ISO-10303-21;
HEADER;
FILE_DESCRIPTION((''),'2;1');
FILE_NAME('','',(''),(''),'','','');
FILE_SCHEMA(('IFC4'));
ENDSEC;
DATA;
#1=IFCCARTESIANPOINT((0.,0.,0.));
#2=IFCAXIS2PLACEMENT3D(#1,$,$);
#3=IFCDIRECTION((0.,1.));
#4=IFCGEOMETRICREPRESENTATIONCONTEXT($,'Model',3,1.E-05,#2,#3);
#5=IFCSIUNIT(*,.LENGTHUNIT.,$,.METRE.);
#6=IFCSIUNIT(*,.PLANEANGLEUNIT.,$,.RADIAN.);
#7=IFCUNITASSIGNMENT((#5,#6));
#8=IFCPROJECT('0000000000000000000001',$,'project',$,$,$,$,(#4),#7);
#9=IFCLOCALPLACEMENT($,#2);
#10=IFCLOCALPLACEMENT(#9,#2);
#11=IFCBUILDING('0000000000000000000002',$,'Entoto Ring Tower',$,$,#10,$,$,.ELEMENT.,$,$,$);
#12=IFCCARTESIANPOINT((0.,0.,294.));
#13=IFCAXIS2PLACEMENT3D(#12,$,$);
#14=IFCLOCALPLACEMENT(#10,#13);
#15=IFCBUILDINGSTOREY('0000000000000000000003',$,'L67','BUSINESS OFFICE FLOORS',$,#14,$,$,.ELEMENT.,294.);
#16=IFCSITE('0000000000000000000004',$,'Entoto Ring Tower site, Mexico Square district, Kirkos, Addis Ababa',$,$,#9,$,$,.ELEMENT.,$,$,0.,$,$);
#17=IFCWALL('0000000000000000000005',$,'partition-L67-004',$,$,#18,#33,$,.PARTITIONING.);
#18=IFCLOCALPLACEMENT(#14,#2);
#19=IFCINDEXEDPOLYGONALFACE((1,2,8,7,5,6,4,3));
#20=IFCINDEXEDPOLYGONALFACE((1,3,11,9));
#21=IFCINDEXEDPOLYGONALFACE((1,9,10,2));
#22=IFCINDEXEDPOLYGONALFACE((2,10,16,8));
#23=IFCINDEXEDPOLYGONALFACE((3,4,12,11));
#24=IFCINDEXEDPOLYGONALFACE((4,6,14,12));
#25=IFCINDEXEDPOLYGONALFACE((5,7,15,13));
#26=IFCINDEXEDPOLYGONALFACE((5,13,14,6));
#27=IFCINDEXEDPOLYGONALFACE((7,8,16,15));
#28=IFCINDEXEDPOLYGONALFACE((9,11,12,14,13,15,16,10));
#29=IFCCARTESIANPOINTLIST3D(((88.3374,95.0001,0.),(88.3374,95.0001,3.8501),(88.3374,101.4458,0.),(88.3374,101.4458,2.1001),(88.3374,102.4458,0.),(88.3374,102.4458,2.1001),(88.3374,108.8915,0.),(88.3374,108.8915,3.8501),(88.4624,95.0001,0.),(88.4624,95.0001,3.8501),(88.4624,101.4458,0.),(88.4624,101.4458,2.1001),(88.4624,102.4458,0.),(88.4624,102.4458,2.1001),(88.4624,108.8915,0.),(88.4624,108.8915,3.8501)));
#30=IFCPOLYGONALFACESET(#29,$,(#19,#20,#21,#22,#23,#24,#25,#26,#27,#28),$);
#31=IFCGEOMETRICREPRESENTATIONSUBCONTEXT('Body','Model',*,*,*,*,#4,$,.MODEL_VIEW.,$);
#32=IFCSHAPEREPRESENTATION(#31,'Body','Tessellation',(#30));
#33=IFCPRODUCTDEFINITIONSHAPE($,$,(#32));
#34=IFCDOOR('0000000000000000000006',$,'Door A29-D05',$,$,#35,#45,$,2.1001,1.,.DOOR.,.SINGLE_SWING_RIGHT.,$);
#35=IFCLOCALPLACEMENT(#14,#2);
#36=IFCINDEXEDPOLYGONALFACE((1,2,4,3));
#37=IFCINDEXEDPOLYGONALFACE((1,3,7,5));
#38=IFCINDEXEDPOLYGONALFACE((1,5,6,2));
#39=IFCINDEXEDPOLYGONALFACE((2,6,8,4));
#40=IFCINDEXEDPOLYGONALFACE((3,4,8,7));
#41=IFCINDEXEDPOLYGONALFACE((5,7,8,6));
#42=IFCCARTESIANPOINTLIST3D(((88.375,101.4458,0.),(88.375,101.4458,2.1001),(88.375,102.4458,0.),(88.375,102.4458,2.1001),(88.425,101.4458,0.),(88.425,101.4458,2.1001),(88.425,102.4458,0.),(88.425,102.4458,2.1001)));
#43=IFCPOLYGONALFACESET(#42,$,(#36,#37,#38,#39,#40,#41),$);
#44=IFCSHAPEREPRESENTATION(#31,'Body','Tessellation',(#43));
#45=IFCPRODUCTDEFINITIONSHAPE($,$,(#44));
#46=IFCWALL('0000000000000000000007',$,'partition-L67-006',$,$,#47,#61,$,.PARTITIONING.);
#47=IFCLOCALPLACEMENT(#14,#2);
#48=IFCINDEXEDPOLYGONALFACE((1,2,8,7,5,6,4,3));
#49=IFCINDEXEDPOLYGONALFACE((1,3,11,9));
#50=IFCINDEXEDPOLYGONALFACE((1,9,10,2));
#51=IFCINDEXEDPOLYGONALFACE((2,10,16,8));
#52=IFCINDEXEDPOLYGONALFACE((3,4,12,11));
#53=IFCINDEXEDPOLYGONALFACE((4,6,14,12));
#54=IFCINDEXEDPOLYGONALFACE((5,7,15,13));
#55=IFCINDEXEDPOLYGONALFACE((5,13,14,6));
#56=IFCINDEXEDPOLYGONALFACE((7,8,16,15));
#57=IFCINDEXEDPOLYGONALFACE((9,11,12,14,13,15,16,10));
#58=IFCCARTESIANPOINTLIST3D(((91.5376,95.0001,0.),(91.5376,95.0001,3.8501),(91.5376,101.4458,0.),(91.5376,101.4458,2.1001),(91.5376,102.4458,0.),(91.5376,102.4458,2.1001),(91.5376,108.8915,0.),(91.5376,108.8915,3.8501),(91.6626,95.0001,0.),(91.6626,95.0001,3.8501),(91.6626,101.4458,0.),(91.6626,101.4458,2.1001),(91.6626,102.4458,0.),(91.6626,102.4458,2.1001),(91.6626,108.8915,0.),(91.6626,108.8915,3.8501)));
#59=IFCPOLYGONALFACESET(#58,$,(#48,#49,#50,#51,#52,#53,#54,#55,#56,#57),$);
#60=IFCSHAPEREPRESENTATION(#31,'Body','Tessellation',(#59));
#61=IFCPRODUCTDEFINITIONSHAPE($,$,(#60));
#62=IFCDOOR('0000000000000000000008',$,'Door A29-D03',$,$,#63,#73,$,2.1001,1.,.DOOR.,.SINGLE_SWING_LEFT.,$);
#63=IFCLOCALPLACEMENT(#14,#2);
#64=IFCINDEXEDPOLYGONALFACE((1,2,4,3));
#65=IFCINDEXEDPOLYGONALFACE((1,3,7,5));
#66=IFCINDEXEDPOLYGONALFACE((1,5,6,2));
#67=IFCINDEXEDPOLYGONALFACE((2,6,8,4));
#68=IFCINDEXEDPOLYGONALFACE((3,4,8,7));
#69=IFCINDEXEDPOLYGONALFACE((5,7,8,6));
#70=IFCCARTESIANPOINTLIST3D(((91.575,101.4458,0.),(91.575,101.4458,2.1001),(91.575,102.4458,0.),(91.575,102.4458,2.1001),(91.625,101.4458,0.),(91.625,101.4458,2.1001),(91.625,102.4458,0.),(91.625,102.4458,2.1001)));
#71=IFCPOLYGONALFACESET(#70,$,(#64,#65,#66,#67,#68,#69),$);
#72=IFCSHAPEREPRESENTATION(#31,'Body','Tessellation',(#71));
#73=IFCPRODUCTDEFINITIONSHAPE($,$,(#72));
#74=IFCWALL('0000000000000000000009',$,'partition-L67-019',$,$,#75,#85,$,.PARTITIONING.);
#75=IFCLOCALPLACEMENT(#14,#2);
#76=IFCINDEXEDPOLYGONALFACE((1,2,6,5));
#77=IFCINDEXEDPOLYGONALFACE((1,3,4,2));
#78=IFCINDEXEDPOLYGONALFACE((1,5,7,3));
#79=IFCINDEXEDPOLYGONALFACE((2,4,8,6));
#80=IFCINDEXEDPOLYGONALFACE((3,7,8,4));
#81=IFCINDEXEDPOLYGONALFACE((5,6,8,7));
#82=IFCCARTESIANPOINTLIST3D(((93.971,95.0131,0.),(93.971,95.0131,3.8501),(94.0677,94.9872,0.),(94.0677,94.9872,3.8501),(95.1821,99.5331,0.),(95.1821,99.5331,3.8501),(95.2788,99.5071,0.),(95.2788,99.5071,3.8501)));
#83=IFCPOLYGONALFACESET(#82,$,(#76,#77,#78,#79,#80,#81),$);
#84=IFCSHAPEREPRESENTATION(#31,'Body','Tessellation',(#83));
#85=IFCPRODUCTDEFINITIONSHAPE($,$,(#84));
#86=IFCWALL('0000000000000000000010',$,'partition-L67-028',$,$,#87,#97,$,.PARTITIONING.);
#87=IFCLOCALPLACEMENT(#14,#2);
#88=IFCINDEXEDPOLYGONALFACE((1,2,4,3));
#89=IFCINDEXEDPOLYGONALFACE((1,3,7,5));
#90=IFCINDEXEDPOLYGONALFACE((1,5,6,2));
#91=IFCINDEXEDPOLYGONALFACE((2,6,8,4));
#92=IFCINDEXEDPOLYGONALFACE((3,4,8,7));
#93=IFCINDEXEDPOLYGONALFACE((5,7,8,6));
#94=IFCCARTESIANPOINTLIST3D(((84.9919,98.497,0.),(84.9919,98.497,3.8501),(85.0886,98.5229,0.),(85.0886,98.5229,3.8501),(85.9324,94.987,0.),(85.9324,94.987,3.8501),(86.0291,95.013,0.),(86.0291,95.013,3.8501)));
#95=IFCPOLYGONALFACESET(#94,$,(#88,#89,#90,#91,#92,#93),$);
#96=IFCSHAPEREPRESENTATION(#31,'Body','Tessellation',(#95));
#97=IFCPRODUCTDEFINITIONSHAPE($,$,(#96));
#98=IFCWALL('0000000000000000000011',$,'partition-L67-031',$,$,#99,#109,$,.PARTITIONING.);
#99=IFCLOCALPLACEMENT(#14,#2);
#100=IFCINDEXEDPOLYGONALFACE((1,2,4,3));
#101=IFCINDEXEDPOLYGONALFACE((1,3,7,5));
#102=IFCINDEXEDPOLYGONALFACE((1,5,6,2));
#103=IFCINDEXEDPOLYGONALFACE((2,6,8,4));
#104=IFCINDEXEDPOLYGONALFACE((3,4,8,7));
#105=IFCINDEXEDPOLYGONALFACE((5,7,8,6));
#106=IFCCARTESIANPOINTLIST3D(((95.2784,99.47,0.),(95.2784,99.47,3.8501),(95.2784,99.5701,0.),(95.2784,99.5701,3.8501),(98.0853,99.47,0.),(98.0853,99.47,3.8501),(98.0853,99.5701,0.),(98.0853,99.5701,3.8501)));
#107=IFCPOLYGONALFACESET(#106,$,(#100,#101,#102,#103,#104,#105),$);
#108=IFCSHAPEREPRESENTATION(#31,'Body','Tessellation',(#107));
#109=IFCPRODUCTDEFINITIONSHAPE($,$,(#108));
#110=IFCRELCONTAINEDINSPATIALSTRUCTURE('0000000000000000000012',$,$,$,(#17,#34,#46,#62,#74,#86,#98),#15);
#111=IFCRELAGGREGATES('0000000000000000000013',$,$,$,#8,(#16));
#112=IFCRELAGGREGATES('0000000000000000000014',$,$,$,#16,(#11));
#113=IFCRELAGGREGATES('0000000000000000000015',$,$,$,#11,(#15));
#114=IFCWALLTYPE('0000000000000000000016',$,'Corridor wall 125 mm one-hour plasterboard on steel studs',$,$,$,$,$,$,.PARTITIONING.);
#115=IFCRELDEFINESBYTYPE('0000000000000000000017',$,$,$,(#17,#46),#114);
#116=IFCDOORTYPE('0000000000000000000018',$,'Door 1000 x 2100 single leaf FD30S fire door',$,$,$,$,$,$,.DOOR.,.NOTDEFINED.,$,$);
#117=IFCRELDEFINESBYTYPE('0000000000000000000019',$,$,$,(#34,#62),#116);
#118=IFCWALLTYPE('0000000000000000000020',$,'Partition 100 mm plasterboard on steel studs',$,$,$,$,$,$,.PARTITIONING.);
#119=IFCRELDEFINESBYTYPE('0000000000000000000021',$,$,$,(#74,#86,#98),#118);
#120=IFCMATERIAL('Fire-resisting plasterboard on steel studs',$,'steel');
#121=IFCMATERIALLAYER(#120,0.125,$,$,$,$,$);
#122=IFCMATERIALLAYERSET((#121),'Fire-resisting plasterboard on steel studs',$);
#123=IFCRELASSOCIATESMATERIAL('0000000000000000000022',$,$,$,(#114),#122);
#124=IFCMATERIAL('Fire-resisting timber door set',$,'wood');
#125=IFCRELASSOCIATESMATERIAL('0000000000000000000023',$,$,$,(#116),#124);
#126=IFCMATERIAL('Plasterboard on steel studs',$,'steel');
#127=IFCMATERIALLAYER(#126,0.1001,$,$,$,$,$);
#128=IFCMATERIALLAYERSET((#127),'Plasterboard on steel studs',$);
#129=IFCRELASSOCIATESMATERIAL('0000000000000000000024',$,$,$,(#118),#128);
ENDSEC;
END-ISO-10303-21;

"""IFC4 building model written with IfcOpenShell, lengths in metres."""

from ifc_helpers import new_model, si_unit, direction, frame, frame_2d, origin, place, context, subcontext, project, spatial, rectangle, extrude, material, layer, layer_set, type_object, element, fill, save


model = new_model("IFC4")

# Units and contexts
model_context = context("Model", 3, precision=1e-05, world=origin(), true_north=direction((0.0, 1.0)))
body_context = subcontext(model_context, "Body", "Model", "MODEL_VIEW")
ifc_project = project(units=[si_unit("LENGTHUNIT", "METRE"), si_unit("PLANEANGLEUNIT", "RADIAN")], contexts=[model_context])

# Site, building, storey
site_placement = place(None, origin())
site = spatial("IfcSite", under=ifc_project, at=site_placement, Name="Entoto Ring Tower site, Mexico Square district, Kirkos, Addis Ababa", CompositionType="ELEMENT", RefElevation=0.0)
building_placement = place(site_placement, origin())
building = spatial("IfcBuilding", under=site, at=building_placement, Name="Entoto Ring Tower", CompositionType="ELEMENT")
storey_placement = place(building_placement, frame((0.0, 0.0, 294.0)))
storey = spatial("IfcBuildingStorey", under=building, at=storey_placement, Name="L67", Description="BUSINESS OFFICE FLOORS", CompositionType="ELEMENT", Elevation=294.0)

# Walls, openings, doors
ifc_material_1 = material(Name="Fire-resisting plasterboard on steel studs", Category="steel")
ifc_layer_1 = layer(ifc_material_1, 0.125)
ifc_layer_set_1 = layer_set([ifc_layer_1], Name="Fire-resisting plasterboard on steel studs")
wall_type_1 = type_object("IfcWallType", Name="Corridor wall 125 mm one-hour plasterboard on steel studs", PredefinedType="PARTITIONING", material=ifc_layer_set_1)
wall_1_placement = place(storey_placement, frame((88.3999, 95.0, 0.0), z_axis=(0.0, 0.0, 1.0), x_axis=(0.0, 1.0, 0.0)))
wall_1 = element("IfcWall", 1, at=wall_1_placement, inside=storey, type_object=wall_type_1, Name="partition-L67-004", PredefinedType="PARTITIONING", context=body_context, shape_type="SweptSolid", body=[
    extrude(rectangle(XDim=13.8914, YDim=0.125, at=frame_2d((6.9458, 0.0))), origin(), (0.0, 0.0, 1.0), 3.8501),
])
opening_1_placement = place(wall_1_placement, frame((6.4458, 0.0, 0.0)))
opening_1 = element("IfcOpeningElement", 2, at=opening_1_placement, cuts=wall_1, PredefinedType="OPENING", context=body_context, shape_type="SweptSolid", body=[
    extrude(rectangle(XDim=1.0, YDim=2.1001, at=frame_2d((0.5, 1.05))), frame((0.0, 0.0725, 0.0), z_axis=(0.0, -1.0, 0.0), x_axis=(1.0, 0.0, 0.0)), (0.0, 0.0, 1.0), 0.145),
])
ifc_material_2 = material(Name="Fire-resisting timber door set", Category="wood")
door_type = type_object("IfcDoorType", Name="Door 1000 x 2100 single leaf FD30S fire door", OperationType="NOTDEFINED", PredefinedType="DOOR", material=ifc_material_2)
door_1_placement = place(opening_1_placement, origin())
door_1 = element("IfcDoor", 3, at=door_1_placement, inside=storey, type_object=door_type, Name="Door A29-D05", OperationType="SINGLE_SWING_RIGHT", OverallHeight=2.1001, OverallWidth=1.0, PredefinedType="DOOR", context=body_context, shape_type="SweptSolid", body=[
    extrude(rectangle(XDim=1.0, YDim=2.1001, at=frame_2d((0.5, 1.05))), frame((0.0, 0.0249, 0.0), z_axis=(0.0, -1.0, 0.0), x_axis=(1.0, 0.0, 0.0)), (0.0, 0.0, 1.0), 0.05),
])
fill(opening_1, door_1)
wall_2_placement = place(storey_placement, frame((91.6001, 95.0, 0.0), z_axis=(0.0, 0.0, 1.0), x_axis=(0.0, 1.0, 0.0)))
wall_2 = element("IfcWall", 4, at=wall_2_placement, inside=storey, type_object=wall_type_1, Name="partition-L67-006", PredefinedType="PARTITIONING", context=body_context, shape_type="SweptSolid", body=[
    extrude(rectangle(XDim=13.8914, YDim=0.125, at=frame_2d((6.9458, 0.0))), origin(), (0.0, 0.0, 1.0), 3.8501),
])
opening_2_placement = place(wall_2_placement, frame((6.4458, 0.0, 0.0)))
opening_2 = element("IfcOpeningElement", 5, at=opening_2_placement, cuts=wall_2, PredefinedType="OPENING", context=body_context, shape_type="SweptSolid", body=[
    extrude(rectangle(XDim=1.0, YDim=2.1001, at=frame_2d((0.5, 1.05))), frame((0.0, 0.0725, 0.0), z_axis=(0.0, -1.0, 0.0), x_axis=(1.0, 0.0, 0.0)), (0.0, 0.0, 1.0), 0.145),
])
door_2_placement = place(opening_2_placement, frame((1.0, 0.0, 0.0), z_axis=(0.0, 0.0, 1.0), x_axis=(-1.0, 0.0, 0.0)))
door_2 = element("IfcDoor", 6, at=door_2_placement, inside=storey, type_object=door_type, Name="Door A29-D03", OperationType="SINGLE_SWING_LEFT", OverallHeight=2.1001, OverallWidth=1.0, PredefinedType="DOOR", context=body_context, shape_type="SweptSolid", body=[
    extrude(rectangle(XDim=1.0, YDim=2.1001, at=frame_2d((0.5, 1.05))), frame((0.0, 0.0249, 0.0), z_axis=(0.0, -1.0, 0.0), x_axis=(1.0, 0.0, 0.0)), (0.0, 0.0, 1.0), 0.05),
])
fill(opening_2, door_2)

# Walls
ifc_material_3 = material(Name="Plasterboard on steel studs", Category="steel")
ifc_layer_2 = layer(ifc_material_3, 0.1001)
ifc_layer_set_2 = layer_set([ifc_layer_2], Name="Plasterboard on steel studs")
wall_type_2 = type_object("IfcWallType", Name="Partition 100 mm plasterboard on steel studs", PredefinedType="PARTITIONING", material=ifc_layer_set_2)
wall_3_placement = place(storey_placement, frame((94.0193, 95.0, 0.0), z_axis=(0.0, 0.0, 1.0), x_axis=(0.258828, 0.965923, 0.0)))
element("IfcWall", 7, at=wall_3_placement, inside=storey, type_object=wall_type_2, Name="partition-L67-019", PredefinedType="PARTITIONING", context=body_context, shape_type="SweptSolid", body=[
    extrude(rectangle(XDim=4.6794, YDim=0.1001, at=frame_2d((2.3398, 0.0))), origin(), (0.0, 0.0, 1.0), 3.8501),
])
wall_4_placement = place(storey_placement, frame((85.9807, 95.0, 0.0), z_axis=(0.0, 0.0, 1.0), x_axis=(-0.2588, 0.965931, 0.0)))
element("IfcWall", 8, at=wall_4_placement, inside=storey, type_object=wall_type_2, Name="partition-L67-028", PredefinedType="PARTITIONING", context=body_context, shape_type="SweptSolid", body=[
    extrude(rectangle(XDim=3.6338, YDim=0.1001, at=frame_2d((1.8169, 0.0))), origin(), (0.0, 0.0, 1.0), 3.8501),
])
wall_5_placement = place(storey_placement, frame((95.2786, 99.52, 0.0), z_axis=(0.0, 0.0, 1.0), x_axis=(1.0, 0.0, 0.0)))
element("IfcWall", 9, at=wall_5_placement, inside=storey, type_object=wall_type_2, Name="partition-L67-031", PredefinedType="PARTITIONING", context=body_context, shape_type="SweptSolid", body=[
    extrude(rectangle(XDim=2.8069, YDim=0.1001, at=frame_2d((1.4033, 0.0))), origin(), (0.0, 0.0, 1.0), 3.8501),
])

save(model, "model.ifc")
